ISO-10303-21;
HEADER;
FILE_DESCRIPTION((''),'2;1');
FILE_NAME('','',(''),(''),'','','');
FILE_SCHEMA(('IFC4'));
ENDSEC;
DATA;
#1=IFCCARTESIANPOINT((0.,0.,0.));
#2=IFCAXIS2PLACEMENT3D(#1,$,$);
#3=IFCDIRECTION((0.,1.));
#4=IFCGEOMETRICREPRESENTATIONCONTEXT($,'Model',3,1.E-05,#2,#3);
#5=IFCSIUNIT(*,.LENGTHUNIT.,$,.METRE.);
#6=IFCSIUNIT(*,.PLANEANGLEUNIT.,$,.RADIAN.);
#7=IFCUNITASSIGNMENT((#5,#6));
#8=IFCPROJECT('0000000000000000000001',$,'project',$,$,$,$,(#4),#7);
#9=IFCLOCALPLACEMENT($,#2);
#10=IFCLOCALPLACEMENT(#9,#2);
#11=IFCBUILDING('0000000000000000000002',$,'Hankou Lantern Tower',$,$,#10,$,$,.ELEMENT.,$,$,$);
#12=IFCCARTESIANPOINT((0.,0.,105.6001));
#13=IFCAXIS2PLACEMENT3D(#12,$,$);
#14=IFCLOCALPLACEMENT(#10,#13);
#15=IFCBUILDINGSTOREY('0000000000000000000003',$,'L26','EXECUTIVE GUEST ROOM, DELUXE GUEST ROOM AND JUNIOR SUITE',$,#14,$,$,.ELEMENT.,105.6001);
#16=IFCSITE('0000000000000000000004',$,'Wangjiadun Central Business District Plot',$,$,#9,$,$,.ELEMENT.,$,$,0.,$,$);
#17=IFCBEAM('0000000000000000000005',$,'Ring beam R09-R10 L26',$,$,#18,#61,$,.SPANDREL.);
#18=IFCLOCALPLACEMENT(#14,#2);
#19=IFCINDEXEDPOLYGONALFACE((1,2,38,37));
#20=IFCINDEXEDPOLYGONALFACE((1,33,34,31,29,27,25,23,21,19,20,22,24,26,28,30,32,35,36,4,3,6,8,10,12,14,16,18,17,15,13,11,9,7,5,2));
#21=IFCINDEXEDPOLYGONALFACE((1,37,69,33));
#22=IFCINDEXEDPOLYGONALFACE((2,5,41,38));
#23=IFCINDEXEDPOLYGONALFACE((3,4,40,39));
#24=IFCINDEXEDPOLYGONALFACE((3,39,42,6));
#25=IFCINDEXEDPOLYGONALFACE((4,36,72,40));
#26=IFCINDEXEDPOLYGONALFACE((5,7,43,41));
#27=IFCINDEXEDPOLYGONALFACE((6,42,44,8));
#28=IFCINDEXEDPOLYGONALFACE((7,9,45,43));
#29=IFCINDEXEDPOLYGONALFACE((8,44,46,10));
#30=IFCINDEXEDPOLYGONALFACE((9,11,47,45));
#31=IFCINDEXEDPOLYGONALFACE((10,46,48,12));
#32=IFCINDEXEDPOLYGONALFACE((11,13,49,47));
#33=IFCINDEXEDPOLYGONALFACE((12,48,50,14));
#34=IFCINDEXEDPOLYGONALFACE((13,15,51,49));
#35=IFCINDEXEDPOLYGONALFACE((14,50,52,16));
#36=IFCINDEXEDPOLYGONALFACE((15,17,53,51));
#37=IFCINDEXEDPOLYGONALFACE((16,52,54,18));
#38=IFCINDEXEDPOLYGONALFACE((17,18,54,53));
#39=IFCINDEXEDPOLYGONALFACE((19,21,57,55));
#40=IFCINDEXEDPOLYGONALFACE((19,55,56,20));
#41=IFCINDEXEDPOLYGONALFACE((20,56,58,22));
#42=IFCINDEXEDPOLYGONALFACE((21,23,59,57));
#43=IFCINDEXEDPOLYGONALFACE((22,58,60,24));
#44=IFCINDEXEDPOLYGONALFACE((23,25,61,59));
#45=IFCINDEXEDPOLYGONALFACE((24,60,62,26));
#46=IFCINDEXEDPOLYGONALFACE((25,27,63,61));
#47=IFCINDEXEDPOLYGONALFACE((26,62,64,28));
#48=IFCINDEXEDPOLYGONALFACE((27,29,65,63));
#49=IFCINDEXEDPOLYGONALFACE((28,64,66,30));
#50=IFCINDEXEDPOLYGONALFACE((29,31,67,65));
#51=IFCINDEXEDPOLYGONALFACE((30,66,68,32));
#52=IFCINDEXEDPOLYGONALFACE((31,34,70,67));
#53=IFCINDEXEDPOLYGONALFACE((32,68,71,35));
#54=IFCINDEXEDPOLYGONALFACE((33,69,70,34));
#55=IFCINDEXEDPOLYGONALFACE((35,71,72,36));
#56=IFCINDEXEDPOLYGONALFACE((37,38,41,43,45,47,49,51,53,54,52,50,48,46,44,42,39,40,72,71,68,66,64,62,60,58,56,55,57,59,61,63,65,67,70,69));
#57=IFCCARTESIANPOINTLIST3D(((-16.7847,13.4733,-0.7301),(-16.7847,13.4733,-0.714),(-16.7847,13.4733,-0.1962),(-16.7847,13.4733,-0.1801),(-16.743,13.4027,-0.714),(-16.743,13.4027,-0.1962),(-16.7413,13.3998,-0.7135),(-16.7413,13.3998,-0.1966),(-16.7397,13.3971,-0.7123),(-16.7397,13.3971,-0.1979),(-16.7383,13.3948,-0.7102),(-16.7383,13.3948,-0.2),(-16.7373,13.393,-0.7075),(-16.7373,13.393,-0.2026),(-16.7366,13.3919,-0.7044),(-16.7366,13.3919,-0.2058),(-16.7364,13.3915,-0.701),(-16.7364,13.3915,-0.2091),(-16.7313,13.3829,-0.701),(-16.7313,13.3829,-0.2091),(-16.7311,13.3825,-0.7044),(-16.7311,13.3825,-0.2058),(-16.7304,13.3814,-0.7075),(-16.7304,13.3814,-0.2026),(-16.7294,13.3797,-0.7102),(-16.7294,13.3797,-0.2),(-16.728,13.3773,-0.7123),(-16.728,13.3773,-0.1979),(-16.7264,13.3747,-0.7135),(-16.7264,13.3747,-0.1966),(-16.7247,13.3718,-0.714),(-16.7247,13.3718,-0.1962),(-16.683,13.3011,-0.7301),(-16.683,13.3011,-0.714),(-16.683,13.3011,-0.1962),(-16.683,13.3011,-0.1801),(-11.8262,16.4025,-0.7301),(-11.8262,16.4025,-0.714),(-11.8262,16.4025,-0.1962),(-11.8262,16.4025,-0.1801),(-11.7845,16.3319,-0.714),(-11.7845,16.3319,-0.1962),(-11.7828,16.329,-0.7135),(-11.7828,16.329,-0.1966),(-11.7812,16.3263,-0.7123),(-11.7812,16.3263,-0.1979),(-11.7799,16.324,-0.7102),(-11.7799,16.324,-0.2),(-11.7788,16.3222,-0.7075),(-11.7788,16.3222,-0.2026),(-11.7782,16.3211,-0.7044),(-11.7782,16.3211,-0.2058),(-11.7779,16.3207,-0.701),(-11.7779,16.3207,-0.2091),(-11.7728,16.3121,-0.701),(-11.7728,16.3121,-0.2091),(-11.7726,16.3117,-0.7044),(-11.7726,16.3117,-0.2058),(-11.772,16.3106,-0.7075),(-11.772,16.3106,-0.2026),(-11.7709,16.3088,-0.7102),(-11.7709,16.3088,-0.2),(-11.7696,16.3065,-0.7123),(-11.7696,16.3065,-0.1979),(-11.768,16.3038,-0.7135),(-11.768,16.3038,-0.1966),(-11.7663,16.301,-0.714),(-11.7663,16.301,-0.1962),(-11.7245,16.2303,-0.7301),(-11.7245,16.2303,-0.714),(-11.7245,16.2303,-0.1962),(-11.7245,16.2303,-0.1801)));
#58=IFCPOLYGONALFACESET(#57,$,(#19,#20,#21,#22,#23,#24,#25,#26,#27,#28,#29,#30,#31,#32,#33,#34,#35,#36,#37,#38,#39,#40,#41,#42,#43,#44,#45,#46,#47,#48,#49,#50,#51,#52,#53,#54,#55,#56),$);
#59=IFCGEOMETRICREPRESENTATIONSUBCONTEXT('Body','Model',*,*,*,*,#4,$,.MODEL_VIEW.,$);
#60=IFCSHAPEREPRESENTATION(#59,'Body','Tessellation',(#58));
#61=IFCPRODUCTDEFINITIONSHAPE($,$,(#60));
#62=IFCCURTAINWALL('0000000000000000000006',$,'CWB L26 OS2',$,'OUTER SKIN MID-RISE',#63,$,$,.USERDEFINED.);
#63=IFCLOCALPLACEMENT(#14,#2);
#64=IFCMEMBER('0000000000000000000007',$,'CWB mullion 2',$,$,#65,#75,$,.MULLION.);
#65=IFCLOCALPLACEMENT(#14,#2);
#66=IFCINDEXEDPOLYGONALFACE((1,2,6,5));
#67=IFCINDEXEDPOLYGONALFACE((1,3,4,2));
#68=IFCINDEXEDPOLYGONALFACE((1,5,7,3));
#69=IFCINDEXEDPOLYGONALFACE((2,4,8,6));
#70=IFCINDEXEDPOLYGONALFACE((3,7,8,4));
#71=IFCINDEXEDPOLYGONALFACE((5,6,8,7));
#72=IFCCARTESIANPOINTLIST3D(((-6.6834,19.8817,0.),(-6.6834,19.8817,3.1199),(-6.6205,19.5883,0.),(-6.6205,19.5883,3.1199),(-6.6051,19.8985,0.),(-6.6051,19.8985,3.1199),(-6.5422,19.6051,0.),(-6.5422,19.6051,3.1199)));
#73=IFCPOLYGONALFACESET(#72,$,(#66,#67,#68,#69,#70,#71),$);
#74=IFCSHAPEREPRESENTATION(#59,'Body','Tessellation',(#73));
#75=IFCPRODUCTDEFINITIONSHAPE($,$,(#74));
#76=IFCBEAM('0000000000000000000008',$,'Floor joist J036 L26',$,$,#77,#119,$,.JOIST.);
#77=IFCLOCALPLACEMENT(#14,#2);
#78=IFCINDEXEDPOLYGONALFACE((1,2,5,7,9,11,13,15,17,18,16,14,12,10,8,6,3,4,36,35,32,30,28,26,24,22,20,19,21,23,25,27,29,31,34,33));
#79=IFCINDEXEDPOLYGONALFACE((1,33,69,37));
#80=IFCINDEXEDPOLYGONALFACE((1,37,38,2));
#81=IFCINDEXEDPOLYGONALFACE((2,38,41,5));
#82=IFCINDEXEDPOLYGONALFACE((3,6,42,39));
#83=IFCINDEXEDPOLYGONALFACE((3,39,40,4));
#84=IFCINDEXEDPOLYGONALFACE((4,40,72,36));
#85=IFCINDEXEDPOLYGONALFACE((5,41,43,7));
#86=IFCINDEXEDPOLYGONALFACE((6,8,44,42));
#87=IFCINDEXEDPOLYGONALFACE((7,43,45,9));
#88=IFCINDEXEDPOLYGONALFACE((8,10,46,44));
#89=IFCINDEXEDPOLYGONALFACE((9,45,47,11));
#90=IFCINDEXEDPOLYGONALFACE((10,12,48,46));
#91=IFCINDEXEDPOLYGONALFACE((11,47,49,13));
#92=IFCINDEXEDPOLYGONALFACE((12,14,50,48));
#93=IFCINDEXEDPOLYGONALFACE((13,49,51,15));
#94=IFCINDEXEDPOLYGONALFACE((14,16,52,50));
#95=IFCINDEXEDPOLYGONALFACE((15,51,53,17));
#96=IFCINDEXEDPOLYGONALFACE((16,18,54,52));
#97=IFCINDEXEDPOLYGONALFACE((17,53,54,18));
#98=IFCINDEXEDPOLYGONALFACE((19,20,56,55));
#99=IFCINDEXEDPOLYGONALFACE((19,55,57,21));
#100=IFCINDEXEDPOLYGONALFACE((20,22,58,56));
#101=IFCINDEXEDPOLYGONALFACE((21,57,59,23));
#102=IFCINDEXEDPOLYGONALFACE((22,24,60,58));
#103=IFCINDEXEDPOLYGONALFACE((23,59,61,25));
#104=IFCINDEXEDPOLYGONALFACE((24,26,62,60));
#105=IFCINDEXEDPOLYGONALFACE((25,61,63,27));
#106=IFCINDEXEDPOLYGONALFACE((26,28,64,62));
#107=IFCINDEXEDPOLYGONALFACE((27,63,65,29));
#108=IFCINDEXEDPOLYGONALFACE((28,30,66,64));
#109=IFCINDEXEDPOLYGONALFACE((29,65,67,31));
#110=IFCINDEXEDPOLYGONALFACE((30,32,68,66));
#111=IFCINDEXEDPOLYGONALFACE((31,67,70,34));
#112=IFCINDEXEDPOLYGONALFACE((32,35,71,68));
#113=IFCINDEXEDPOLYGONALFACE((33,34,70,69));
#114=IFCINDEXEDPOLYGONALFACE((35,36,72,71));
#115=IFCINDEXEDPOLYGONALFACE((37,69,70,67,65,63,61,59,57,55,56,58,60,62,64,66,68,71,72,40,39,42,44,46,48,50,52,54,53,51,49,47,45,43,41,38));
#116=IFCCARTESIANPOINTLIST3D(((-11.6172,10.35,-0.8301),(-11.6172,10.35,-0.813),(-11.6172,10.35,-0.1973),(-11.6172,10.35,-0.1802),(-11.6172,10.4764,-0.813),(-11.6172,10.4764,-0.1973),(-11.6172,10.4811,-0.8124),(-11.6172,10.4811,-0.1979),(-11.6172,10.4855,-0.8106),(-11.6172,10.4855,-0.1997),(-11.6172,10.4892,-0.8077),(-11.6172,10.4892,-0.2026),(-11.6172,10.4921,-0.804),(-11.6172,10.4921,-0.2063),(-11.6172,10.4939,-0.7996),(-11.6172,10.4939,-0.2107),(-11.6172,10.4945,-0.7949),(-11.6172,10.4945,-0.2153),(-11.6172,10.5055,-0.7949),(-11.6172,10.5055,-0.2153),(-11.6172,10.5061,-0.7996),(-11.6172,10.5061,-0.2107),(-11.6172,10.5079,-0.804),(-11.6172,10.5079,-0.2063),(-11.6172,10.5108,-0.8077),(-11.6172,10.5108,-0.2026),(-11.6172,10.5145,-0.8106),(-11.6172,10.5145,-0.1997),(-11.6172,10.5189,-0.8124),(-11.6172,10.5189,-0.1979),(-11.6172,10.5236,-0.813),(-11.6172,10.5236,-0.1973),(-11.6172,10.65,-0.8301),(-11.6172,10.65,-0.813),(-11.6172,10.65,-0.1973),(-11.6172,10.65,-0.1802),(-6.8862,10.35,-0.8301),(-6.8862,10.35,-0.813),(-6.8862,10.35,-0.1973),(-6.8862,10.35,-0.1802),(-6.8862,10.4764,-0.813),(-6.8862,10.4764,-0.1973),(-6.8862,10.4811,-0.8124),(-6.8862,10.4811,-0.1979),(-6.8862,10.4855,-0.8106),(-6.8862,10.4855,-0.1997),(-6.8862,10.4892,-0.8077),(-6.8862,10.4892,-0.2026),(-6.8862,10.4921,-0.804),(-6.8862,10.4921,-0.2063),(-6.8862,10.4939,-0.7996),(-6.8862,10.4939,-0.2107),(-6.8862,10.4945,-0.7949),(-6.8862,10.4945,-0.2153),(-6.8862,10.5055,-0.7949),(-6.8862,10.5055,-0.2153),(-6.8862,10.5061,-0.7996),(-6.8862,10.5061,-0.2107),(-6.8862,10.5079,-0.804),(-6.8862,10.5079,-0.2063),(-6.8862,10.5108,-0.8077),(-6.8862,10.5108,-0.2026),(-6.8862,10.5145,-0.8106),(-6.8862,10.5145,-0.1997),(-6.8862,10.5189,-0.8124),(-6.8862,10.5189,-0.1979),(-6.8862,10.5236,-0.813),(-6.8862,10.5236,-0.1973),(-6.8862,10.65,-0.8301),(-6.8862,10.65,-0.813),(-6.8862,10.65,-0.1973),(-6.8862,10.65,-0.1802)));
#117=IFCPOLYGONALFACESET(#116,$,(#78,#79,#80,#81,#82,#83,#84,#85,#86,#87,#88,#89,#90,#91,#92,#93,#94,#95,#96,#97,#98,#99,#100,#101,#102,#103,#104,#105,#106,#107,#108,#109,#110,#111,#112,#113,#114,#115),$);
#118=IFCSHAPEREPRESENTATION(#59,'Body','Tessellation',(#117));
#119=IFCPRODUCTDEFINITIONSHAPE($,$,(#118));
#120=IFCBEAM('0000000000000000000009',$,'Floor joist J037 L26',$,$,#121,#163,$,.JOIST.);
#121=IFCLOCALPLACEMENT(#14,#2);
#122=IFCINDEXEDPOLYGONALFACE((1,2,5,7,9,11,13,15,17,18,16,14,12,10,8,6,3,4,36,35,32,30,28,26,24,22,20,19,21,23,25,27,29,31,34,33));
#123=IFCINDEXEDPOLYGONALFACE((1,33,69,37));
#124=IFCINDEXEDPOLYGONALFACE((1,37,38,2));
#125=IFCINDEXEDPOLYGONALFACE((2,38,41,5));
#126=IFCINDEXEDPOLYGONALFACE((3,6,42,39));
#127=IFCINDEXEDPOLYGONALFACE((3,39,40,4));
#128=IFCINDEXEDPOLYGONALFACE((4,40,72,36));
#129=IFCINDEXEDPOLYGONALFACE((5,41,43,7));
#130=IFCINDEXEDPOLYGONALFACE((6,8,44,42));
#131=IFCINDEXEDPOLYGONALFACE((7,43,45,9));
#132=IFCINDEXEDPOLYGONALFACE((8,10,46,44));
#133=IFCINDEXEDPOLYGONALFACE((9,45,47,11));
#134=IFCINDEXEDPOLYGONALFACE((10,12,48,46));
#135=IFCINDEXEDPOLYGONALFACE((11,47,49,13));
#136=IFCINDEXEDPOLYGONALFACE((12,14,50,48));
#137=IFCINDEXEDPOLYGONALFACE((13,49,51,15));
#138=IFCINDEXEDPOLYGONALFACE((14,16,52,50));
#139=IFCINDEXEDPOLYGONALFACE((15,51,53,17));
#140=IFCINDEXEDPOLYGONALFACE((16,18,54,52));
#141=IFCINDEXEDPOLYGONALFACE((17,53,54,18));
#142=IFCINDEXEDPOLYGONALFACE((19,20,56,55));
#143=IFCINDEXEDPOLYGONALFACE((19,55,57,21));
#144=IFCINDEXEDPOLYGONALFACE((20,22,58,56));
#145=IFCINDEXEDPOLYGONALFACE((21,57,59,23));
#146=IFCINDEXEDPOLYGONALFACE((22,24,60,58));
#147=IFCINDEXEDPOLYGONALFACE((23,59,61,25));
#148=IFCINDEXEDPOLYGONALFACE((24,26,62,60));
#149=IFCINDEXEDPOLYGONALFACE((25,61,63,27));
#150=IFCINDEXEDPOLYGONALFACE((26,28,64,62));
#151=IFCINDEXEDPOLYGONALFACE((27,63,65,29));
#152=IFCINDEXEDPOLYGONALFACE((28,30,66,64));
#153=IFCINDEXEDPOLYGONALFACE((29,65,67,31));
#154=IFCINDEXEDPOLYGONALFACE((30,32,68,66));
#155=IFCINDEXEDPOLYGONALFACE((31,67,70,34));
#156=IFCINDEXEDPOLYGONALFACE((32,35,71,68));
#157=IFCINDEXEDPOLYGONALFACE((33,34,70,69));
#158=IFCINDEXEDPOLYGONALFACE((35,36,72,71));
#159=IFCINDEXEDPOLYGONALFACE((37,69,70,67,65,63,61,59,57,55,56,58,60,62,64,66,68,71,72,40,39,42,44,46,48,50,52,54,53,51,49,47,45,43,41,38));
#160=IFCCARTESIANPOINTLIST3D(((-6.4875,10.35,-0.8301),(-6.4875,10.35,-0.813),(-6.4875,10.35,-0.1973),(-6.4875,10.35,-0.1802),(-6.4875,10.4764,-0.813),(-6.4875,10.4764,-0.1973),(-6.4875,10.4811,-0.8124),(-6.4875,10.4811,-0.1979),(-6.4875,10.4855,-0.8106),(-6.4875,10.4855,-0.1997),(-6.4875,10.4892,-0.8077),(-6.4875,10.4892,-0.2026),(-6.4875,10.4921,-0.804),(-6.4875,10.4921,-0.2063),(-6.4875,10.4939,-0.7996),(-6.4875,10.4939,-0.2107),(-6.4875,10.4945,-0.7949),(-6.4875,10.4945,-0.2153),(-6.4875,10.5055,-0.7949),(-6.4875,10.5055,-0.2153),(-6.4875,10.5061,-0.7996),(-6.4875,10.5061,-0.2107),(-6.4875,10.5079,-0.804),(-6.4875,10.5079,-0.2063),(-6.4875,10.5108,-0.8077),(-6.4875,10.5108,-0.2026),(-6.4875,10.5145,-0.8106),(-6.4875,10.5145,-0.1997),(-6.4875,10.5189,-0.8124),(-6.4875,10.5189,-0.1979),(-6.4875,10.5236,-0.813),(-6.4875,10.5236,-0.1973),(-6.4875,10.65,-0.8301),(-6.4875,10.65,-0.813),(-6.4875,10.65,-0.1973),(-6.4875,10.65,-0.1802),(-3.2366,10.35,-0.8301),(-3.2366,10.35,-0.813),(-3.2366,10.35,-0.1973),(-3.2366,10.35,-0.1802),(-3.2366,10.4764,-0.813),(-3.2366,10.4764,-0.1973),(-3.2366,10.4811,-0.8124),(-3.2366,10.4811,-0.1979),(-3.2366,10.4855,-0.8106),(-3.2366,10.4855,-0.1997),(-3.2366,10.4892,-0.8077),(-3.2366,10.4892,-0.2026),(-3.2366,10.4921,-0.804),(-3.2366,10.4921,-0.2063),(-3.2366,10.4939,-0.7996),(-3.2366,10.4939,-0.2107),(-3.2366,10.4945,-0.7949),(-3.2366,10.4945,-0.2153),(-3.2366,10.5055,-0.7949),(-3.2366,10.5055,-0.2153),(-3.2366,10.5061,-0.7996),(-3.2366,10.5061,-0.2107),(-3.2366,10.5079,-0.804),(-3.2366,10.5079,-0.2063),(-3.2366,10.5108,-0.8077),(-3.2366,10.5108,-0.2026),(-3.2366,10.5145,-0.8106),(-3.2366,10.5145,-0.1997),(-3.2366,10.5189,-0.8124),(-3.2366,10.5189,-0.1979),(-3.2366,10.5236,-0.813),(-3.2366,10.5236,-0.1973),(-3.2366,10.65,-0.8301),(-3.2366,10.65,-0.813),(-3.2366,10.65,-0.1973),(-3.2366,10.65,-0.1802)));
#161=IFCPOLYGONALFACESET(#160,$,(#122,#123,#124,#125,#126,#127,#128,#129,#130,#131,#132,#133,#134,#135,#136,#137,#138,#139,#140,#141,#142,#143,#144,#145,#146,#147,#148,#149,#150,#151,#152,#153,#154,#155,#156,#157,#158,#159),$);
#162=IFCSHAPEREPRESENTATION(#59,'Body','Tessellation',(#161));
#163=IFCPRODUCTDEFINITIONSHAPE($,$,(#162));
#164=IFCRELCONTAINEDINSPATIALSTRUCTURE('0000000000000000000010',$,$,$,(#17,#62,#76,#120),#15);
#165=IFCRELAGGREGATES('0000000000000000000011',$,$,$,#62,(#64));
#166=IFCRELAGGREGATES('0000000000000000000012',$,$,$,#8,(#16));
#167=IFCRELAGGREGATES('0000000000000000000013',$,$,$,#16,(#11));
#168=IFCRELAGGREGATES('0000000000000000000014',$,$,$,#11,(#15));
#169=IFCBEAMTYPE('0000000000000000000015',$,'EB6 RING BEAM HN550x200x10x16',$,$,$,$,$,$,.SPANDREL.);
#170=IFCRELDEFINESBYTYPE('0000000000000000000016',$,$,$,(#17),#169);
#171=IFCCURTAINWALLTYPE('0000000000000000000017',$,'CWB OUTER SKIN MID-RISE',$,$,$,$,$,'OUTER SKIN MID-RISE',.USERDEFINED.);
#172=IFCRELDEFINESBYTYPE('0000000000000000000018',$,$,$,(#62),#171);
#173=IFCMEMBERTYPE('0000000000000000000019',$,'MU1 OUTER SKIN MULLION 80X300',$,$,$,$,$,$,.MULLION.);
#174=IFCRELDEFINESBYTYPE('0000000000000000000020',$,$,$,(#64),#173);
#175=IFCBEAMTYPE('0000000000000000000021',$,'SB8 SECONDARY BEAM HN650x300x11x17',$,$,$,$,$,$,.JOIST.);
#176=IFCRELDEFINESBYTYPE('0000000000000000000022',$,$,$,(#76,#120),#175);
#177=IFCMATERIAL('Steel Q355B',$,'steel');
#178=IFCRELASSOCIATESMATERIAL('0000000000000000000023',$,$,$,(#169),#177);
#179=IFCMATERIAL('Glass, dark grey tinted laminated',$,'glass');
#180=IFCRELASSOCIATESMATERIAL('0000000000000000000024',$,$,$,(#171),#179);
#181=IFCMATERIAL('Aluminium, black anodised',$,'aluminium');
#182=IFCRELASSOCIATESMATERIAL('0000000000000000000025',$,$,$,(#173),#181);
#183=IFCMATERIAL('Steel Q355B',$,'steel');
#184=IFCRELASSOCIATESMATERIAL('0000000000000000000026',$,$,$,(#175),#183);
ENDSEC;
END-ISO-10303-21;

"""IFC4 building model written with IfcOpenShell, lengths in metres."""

from ifc_helpers import new_model, si_unit, direction, frame, origin, origin_2d, place, context, subcontext, project, spatial, rectangle, i_section, extrude, material, material_profile, profile_set, type_object, element, aggregate, save


model = new_model("IFC4")

# Units and contexts
model_context = context("Model", 3, precision=1e-05, world=origin(), true_north=direction((0.0, 1.0)))
body_context = subcontext(model_context, "Body", "Model", "MODEL_VIEW")
ifc_project = project(units=[si_unit("LENGTHUNIT", "METRE"), si_unit("PLANEANGLEUNIT", "RADIAN")], contexts=[model_context])

# Site, building, storey
site_placement = place(None, origin())
site = spatial("IfcSite", under=ifc_project, at=site_placement, Name="Wangjiadun Central Business District Plot", CompositionType="ELEMENT", RefElevation=0.0)
building_placement = place(site_placement, origin())
building = spatial("IfcBuilding", under=site, at=building_placement, Name="Hankou Lantern Tower", CompositionType="ELEMENT")
storey_placement = place(building_placement, frame((0.0, 0.0, 105.6001)))
storey = spatial("IfcBuildingStorey", under=building, at=storey_placement, Name="L26", Description="EXECUTIVE GUEST ROOM, DELUXE GUEST ROOM AND JUNIOR SUITE", CompositionType="ELEMENT", Elevation=105.6001)

# Beam
ifc_material_1 = material(Name="Steel Q355B", Category="steel")
ifc_material_profile_1 = material_profile(ifc_material_1, i_section(OverallWidth=0.2, OverallDepth=0.55, WebThickness=0.01, FlangeThickness=0.0161, FilletRadius=0.0129, at=origin_2d()), Name="HN550x200x10x16")
ifc_profile_set_1 = profile_set([ifc_material_profile_1], Name="Steel Q355B")
beam_type_1 = type_object("IfcBeamType", Name="EB6 RING BEAM HN550x200x10x16", PredefinedType="SPANDREL", material=ifc_profile_set_1)
beam_1_placement = place(storey_placement, frame((-11.7754, 16.3164, -0.4551), z_axis=(-0.860989, -0.508624, 0.0), x_axis=(0.508624, -0.860989, 0.0)))
element("IfcBeam", 1, at=beam_1_placement, inside=storey, type_object=beam_type_1, Name="Ring beam R09-R10 L26", PredefinedType="SPANDREL", context=body_context, shape_type="SweptSolid", body=[
    extrude(i_section(OverallWidth=0.2, OverallDepth=0.55, WebThickness=0.01, FlangeThickness=0.0161, FilletRadius=0.0129, at=origin_2d()), origin(), (0.0, 0.0, 1.0), 5.759),
])

# Curtain wall, member
ifc_material_2 = material(Name="Glass, dark grey tinted laminated", Category="glass")
curtain_wall_type = type_object("IfcCurtainWallType", Name="CWB OUTER SKIN MID-RISE", ElementType="OUTER SKIN MID-RISE", PredefinedType="USERDEFINED", material=ifc_material_2)
curtain_wall_placement = place(storey_placement, origin())
curtain_wall = element("IfcCurtainWall", 2, at=curtain_wall_placement, inside=storey, type_object=curtain_wall_type, Name="CWB L26 OS2", ObjectType="OUTER SKIN MID-RISE", PredefinedType="USERDEFINED")
ifc_material_3 = material(Name="Aluminium, black anodised", Category="aluminium")
ifc_material_profile_2 = material_profile(ifc_material_3, rectangle(XDim=0.0801, YDim=0.3, at=origin_2d()), Name="MU1 80X300")
ifc_profile_set_2 = profile_set([ifc_material_profile_2], Name="Aluminium, black anodised")
member_type_1 = type_object("IfcMemberType", Name="MU1 OUTER SKIN MULLION 80X300", PredefinedType="MULLION", material=ifc_profile_set_2)
member_1_placement = place(storey_placement, frame((-6.6128, 19.7434, 0.0), z_axis=(0.0, 0.0, 1.0), x_axis=(-0.977788, -0.209598, 0.0)))
member_1 = element("IfcMember", 3, at=member_1_placement, type_object=member_type_1, Name="CWB mullion 2", PredefinedType="MULLION", context=body_context, shape_type="SweptSolid", body=[
    extrude(rectangle(XDim=0.0801, YDim=0.3, at=origin_2d()), origin(), (0.0, 0.0, 1.0), 3.1199),
])

# Beams
ifc_material_4 = material(Name="Steel Q355B", Category="steel")
ifc_material_profile_3 = material_profile(ifc_material_4, i_section(OverallWidth=0.3, OverallDepth=0.6499, WebThickness=0.011, FlangeThickness=0.0171, FilletRadius=0.0181, at=origin_2d()), Name="HN650x300x11x17")
ifc_profile_set_3 = profile_set([ifc_material_profile_3], Name="Steel Q355B")
beam_type_2 = type_object("IfcBeamType", Name="SB8 SECONDARY BEAM HN650x300x11x17", PredefinedType="JOIST", material=ifc_profile_set_3)
beam_2_placement = place(storey_placement, frame((-11.6172, 10.5, -0.5051), z_axis=(1.0, 0.0, 0.0), x_axis=(0.0, 1.0, 0.0)))
element("IfcBeam", 4, at=beam_2_placement, inside=storey, type_object=beam_type_2, Name="Floor joist J036 L26", PredefinedType="JOIST", context=body_context, shape_type="SweptSolid", body=[
    extrude(i_section(OverallWidth=0.3, OverallDepth=0.6499, WebThickness=0.011, FlangeThickness=0.0171, FilletRadius=0.0181, at=origin_2d()), origin(), (0.0, 0.0, 1.0), 4.731),
])
beam_3_placement = place(storey_placement, frame((-6.4875, 10.5, -0.5051), z_axis=(1.0, 0.0, 0.0), x_axis=(0.0, 1.0, 0.0)))
element("IfcBeam", 5, at=beam_3_placement, inside=storey, type_object=beam_type_2, Name="Floor joist J037 L26", PredefinedType="JOIST", context=body_context, shape_type="SweptSolid", body=[
    extrude(i_section(OverallWidth=0.3, OverallDepth=0.6499, WebThickness=0.011, FlangeThickness=0.0171, FilletRadius=0.0181, at=origin_2d()), origin(), (0.0, 0.0, 1.0), 3.251),
])

aggregate(curtain_wall, [member_1])

save(model, "model.ifc")
